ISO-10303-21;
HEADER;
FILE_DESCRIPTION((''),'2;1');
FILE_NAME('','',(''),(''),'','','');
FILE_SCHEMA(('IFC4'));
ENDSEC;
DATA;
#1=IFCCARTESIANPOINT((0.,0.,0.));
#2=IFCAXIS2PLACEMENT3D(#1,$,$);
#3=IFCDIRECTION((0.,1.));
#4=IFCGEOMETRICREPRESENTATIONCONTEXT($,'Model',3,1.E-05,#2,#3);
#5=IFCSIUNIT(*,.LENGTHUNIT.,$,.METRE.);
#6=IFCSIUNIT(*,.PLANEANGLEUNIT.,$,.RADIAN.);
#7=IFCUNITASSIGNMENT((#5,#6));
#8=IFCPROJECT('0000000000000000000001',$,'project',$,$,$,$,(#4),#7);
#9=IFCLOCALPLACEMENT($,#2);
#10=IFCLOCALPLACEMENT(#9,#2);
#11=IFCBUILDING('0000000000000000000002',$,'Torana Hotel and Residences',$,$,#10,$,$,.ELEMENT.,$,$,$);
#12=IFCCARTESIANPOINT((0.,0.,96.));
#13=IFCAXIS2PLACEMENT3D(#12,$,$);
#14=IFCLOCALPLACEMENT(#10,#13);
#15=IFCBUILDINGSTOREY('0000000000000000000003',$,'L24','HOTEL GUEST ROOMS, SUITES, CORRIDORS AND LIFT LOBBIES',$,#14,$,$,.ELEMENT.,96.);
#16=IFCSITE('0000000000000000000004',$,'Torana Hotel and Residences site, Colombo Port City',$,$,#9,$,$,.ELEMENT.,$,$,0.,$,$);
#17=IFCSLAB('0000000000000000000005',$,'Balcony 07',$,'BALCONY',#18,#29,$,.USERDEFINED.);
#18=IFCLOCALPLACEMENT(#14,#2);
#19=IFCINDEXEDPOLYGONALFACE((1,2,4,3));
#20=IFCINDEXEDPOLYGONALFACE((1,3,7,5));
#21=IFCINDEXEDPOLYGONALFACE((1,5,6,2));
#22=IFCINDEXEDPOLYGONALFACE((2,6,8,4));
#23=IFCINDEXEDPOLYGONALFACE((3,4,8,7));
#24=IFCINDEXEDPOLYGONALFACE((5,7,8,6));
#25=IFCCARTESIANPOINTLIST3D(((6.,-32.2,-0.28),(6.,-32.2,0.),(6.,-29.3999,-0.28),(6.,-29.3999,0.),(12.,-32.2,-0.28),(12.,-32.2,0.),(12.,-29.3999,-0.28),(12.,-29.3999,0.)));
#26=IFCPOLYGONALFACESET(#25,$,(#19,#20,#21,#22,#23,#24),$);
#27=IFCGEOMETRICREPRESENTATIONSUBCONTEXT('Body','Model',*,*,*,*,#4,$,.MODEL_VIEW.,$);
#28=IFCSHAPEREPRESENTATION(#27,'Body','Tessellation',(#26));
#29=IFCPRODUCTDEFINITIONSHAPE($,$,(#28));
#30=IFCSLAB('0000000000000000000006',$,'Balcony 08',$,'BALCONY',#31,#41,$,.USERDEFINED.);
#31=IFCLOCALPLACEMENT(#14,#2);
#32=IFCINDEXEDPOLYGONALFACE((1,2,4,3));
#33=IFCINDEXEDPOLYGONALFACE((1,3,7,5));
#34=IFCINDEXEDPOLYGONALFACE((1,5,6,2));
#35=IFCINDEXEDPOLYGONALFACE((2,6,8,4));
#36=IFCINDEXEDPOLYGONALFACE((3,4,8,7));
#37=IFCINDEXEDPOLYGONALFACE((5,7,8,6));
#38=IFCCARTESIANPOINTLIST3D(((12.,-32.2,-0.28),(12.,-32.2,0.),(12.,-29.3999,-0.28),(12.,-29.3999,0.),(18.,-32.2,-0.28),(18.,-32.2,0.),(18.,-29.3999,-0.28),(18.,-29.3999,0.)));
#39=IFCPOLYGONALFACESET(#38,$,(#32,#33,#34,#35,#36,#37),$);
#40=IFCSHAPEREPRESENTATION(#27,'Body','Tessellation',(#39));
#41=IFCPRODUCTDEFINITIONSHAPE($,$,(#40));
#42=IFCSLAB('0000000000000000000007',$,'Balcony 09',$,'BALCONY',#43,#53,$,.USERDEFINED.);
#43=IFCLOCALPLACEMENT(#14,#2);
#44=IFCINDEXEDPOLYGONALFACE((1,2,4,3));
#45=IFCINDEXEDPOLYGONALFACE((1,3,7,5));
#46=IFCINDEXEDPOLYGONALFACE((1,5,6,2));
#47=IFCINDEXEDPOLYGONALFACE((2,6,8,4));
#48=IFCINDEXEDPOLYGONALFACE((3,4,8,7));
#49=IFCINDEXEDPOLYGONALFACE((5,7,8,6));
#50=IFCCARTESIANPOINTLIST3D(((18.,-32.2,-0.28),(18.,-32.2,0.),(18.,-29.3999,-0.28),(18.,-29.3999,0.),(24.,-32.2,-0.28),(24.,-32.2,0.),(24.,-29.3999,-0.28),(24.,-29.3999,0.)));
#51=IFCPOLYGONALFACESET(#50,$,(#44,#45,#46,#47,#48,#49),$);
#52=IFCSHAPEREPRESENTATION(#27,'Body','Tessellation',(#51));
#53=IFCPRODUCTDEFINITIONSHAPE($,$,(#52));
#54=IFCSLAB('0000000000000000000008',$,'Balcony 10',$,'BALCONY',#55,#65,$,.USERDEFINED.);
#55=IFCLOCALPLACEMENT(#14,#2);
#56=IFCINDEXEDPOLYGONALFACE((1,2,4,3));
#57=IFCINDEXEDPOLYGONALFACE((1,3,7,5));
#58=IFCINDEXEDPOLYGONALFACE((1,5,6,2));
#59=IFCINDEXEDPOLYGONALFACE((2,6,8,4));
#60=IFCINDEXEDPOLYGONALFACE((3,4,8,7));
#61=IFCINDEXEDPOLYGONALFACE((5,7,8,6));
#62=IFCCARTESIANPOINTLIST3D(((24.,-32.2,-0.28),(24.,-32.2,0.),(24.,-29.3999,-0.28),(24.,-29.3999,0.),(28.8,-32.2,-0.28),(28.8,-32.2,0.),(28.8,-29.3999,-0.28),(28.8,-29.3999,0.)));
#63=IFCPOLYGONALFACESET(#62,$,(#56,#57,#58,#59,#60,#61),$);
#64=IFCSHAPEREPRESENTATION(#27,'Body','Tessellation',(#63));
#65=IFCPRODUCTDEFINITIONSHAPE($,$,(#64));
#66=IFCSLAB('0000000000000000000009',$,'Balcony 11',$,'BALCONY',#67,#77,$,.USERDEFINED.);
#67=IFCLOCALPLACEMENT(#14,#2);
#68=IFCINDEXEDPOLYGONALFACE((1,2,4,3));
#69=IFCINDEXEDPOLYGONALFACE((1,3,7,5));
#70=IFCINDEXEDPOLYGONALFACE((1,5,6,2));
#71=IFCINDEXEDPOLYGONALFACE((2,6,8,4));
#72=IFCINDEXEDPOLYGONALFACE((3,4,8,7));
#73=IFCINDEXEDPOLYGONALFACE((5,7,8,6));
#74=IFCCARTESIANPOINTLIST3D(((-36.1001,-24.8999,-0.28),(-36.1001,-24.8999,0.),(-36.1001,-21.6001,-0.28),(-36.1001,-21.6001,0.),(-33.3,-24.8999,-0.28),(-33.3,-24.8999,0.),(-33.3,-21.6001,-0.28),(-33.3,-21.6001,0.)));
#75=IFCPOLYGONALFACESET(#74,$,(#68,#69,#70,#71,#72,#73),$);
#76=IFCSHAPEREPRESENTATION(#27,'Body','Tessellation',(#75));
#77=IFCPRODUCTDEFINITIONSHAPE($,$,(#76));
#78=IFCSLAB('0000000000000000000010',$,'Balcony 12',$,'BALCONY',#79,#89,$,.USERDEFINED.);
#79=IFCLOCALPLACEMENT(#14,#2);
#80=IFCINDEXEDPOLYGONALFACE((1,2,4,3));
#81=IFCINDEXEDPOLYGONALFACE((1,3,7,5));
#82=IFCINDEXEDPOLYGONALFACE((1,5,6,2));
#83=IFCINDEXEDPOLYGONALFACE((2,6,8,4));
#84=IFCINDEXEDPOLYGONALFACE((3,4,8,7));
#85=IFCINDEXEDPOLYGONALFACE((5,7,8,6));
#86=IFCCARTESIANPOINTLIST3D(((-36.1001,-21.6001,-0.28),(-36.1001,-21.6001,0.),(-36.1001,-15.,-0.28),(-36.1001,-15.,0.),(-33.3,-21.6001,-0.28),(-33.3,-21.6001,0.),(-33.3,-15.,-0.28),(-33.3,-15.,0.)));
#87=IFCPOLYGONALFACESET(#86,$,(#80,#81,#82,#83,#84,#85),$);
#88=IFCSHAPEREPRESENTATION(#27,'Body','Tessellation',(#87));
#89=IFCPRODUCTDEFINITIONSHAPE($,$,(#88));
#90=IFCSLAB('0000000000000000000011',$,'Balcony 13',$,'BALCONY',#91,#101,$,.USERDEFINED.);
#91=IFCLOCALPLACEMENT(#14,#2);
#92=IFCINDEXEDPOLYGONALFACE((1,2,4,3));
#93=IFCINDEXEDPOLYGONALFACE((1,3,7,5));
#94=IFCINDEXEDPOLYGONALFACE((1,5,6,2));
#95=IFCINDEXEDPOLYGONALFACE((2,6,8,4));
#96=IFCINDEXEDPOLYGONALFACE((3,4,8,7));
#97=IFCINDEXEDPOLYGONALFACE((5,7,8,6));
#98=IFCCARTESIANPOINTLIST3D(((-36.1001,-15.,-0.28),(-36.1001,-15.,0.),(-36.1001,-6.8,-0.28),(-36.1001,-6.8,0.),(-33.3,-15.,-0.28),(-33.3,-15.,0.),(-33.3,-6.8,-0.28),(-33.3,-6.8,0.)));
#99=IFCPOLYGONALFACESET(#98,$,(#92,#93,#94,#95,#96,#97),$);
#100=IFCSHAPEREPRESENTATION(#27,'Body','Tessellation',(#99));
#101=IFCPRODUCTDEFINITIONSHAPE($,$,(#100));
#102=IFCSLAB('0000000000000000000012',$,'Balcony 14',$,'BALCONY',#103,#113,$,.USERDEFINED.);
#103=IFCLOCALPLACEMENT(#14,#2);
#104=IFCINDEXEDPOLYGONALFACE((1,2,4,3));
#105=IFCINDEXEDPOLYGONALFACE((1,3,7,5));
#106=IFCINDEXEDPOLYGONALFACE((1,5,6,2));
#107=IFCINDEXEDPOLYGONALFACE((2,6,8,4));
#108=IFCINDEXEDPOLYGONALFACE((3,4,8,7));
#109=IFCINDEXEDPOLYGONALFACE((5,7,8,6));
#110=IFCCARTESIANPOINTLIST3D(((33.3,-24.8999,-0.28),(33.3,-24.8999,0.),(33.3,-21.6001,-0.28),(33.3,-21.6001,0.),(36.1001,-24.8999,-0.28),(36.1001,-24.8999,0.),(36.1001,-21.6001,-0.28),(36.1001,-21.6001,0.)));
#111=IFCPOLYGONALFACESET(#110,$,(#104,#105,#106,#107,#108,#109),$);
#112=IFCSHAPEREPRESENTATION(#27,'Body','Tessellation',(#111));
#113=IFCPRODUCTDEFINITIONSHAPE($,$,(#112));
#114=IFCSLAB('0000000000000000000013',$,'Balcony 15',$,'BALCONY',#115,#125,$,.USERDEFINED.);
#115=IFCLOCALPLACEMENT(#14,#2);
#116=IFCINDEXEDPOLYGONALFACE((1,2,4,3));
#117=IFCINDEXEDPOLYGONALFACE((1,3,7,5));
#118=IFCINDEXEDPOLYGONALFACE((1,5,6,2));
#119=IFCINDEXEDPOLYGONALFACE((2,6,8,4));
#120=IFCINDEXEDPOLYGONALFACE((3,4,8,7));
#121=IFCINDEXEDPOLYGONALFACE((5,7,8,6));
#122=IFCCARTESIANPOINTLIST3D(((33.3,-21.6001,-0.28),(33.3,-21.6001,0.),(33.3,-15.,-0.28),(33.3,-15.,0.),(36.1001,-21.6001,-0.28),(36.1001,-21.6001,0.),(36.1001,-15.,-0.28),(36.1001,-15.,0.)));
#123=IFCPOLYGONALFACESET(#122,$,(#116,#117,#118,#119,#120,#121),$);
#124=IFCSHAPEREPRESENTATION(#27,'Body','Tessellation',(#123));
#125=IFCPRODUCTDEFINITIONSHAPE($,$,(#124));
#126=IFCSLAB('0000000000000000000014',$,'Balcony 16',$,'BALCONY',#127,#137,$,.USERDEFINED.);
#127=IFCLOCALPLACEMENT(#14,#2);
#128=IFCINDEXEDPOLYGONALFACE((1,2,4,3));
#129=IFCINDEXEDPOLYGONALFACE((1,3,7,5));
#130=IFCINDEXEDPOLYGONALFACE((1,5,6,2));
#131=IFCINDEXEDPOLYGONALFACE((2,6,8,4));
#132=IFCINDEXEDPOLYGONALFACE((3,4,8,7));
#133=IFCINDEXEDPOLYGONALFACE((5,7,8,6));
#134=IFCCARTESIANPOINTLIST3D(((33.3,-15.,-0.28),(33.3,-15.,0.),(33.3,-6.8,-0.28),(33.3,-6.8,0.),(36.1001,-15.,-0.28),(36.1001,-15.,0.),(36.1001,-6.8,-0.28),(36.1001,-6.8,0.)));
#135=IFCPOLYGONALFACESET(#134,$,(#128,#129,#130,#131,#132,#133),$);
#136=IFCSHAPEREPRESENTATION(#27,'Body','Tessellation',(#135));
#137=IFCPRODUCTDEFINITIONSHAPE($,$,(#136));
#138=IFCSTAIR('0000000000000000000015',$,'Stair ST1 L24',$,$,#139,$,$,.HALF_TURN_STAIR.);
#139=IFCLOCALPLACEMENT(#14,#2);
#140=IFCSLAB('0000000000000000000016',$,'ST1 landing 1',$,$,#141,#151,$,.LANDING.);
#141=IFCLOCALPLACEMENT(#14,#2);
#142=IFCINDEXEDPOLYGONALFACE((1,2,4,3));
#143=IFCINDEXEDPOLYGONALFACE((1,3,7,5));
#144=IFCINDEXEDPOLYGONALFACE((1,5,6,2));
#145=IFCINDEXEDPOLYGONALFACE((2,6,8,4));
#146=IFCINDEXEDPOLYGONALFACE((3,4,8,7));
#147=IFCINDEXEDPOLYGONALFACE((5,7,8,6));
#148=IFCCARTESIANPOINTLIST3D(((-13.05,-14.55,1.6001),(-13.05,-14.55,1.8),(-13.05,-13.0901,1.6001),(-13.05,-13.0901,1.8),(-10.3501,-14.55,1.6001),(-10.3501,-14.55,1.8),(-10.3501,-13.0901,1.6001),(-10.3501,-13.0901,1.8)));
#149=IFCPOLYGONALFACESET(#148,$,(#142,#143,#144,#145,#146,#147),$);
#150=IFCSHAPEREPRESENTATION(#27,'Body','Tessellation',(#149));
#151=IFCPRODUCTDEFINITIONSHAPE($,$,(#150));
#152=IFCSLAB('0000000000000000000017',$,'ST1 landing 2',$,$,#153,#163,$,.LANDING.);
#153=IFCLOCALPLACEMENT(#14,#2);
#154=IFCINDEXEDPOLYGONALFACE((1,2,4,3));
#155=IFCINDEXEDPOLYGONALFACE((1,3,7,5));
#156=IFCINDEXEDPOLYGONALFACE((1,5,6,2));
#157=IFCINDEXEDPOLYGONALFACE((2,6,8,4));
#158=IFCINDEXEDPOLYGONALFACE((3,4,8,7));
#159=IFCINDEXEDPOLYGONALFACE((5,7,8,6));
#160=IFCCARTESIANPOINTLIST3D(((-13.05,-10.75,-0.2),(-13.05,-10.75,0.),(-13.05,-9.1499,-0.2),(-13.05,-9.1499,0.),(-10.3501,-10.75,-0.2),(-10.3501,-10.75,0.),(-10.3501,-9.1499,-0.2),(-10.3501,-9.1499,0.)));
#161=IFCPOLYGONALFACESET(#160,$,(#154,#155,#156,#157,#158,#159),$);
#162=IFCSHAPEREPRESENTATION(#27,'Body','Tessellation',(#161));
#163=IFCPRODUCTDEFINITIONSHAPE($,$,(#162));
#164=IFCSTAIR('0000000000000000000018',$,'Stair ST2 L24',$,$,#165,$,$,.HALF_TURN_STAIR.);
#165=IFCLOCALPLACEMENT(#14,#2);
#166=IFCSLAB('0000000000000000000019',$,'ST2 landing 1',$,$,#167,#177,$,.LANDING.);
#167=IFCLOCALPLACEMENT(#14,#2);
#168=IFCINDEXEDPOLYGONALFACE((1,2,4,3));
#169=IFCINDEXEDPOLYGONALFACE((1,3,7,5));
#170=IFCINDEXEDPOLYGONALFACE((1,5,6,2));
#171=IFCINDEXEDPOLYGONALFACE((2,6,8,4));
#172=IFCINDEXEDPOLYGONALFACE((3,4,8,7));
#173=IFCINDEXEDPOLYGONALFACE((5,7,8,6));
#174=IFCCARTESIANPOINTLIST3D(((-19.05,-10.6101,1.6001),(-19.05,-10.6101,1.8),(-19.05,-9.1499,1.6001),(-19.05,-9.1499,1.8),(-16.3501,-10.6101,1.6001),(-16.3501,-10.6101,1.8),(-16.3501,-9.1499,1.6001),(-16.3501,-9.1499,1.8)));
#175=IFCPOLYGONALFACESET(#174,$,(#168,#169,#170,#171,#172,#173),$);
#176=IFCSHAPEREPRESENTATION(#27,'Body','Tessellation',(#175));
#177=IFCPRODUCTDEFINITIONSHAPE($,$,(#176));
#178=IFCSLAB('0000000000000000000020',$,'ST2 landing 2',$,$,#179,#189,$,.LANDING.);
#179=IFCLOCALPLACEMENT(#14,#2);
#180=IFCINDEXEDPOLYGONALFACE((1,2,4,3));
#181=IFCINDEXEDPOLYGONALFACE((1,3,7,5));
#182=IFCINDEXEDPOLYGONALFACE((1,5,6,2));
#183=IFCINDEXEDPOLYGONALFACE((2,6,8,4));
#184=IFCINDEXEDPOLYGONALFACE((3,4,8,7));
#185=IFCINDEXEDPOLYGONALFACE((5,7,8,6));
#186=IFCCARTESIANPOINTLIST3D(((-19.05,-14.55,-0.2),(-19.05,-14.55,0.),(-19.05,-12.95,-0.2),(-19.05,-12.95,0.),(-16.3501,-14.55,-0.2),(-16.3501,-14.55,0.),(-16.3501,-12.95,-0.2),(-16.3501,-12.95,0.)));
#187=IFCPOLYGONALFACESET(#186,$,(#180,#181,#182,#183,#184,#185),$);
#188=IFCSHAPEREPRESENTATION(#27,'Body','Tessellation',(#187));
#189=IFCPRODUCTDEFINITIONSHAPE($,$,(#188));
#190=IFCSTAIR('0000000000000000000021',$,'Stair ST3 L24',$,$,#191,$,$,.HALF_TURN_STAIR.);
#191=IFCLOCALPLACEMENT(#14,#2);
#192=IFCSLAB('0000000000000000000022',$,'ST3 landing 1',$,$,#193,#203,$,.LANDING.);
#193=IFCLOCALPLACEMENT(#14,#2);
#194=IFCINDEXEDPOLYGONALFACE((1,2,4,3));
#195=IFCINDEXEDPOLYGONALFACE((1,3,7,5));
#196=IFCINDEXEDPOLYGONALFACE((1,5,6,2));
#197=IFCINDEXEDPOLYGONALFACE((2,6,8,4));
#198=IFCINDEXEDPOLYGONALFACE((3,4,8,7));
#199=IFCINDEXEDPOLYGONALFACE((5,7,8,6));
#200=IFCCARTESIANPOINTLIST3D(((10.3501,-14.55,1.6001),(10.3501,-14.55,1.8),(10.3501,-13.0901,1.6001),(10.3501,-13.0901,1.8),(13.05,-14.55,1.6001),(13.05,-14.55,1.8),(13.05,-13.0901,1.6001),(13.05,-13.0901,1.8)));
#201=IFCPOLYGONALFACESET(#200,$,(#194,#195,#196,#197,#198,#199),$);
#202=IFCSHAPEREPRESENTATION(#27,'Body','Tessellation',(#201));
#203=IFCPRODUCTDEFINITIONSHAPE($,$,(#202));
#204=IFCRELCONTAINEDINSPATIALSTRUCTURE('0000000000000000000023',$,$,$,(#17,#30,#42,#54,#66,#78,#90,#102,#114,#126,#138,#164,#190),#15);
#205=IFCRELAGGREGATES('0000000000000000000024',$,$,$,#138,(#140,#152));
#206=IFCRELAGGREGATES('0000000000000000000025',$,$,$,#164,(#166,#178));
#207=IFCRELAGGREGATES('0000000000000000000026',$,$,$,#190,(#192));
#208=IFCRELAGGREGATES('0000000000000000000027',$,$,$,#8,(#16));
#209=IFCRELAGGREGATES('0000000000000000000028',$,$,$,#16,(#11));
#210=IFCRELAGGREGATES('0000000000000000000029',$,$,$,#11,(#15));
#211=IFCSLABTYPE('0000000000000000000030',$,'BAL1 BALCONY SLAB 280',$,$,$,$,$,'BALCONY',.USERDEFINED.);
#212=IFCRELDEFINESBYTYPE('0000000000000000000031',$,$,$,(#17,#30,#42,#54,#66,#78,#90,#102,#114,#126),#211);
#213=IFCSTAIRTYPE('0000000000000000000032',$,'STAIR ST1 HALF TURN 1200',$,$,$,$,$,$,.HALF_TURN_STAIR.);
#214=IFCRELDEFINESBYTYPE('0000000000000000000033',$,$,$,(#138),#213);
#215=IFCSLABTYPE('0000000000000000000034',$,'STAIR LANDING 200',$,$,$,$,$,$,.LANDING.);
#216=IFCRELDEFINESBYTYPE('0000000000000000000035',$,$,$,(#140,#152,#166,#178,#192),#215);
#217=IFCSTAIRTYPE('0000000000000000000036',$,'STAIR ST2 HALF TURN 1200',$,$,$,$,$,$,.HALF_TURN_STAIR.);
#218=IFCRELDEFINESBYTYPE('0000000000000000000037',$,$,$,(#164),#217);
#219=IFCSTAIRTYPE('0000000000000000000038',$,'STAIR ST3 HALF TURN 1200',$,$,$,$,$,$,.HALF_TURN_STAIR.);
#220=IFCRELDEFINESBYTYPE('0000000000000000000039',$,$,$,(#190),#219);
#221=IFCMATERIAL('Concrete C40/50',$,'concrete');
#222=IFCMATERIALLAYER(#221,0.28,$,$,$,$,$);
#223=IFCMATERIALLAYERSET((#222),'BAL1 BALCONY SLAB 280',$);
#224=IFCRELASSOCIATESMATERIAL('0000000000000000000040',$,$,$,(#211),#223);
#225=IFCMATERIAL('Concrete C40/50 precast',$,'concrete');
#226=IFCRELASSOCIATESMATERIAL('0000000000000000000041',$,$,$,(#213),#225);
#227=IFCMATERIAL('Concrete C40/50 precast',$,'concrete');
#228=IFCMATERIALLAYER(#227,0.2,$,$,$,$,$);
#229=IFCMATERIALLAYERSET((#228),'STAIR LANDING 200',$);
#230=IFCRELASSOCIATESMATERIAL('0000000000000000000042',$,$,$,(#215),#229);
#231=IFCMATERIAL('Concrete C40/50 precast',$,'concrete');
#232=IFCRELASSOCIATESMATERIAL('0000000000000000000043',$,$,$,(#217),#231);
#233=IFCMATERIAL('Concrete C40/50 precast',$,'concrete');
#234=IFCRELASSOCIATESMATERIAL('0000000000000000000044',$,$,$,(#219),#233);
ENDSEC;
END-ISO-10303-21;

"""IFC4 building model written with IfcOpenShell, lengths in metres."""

from ifc_helpers import new_model, si_unit, direction, frame, origin, place, context, subcontext, project, spatial, polyline, outline, extrude, material, layer, layer_set, type_object, element, aggregate, save


model = new_model("IFC4")

# Units and contexts
model_context = context("Model", 3, precision=1e-05, world=origin(), true_north=direction((0.0, 1.0)))
body_context = subcontext(model_context, "Body", "Model", "MODEL_VIEW")
ifc_project = project(units=[si_unit("LENGTHUNIT", "METRE"), si_unit("PLANEANGLEUNIT", "RADIAN")], contexts=[model_context])

# Site, building, storey
site_placement = place(None, origin())
site = spatial("IfcSite", under=ifc_project, at=site_placement, Name="Torana Hotel and Residences site, Colombo Port City", CompositionType="ELEMENT", RefElevation=0.0)
building_placement = place(site_placement, origin())
building = spatial("IfcBuilding", under=site, at=building_placement, Name="Torana Hotel and Residences", CompositionType="ELEMENT")
storey_placement = place(building_placement, frame((0.0, 0.0, 96.0)))
storey = spatial("IfcBuildingStorey", under=building, at=storey_placement, Name="L24", Description="HOTEL GUEST ROOMS, SUITES, CORRIDORS AND LIFT LOBBIES", CompositionType="ELEMENT", Elevation=96.0)

# Slabs
ifc_material_1 = material(Name="Concrete C40/50", Category="concrete")
ifc_layer_1 = layer(ifc_material_1, 0.28)
ifc_layer_set_1 = layer_set([ifc_layer_1], Name="BAL1 BALCONY SLAB 280")
slab_type_1 = type_object("IfcSlabType", Name="BAL1 BALCONY SLAB 280", ElementType="BALCONY", PredefinedType="USERDEFINED", material=ifc_layer_set_1)
slab_1_placement = place(storey_placement, frame((0.0, 0.0, -0.28)))
element("IfcSlab", 1, at=slab_1_placement, inside=storey, type_object=slab_type_1, Name="Balcony 07", ObjectType="BALCONY", PredefinedType="USERDEFINED", context=body_context, shape_type="SweptSolid", body=[
    extrude(outline(polyline([(6.0, -32.2), (12.0, -32.2), (12.0, -29.3999), (6.0, -29.3999), (6.0, -32.2)])), origin(), (0.0, 0.0, 1.0), 0.28),
])
slab_2_placement = place(storey_placement, frame((0.0, 0.0, -0.28)))
element("IfcSlab", 2, at=slab_2_placement, inside=storey, type_object=slab_type_1, Name="Balcony 08", ObjectType="BALCONY", PredefinedType="USERDEFINED", context=body_context, shape_type="SweptSolid", body=[
    extrude(outline(polyline([(12.0, -32.2), (18.0, -32.2), (18.0, -29.3999), (12.0, -29.3999), (12.0, -32.2)])), origin(), (0.0, 0.0, 1.0), 0.28),
])
slab_3_placement = place(storey_placement, frame((0.0, 0.0, -0.28)))
element("IfcSlab", 3, at=slab_3_placement, inside=storey, type_object=slab_type_1, Name="Balcony 09", ObjectType="BALCONY", PredefinedType="USERDEFINED", context=body_context, shape_type="SweptSolid", body=[
    extrude(outline(polyline([(18.0, -32.2), (24.0, -32.2), (24.0, -29.3999), (18.0, -29.3999), (18.0, -32.2)])), origin(), (0.0, 0.0, 1.0), 0.28),
])
slab_4_placement = place(storey_placement, frame((0.0, 0.0, -0.28)))
element("IfcSlab", 4, at=slab_4_placement, inside=storey, type_object=slab_type_1, Name="Balcony 10", ObjectType="BALCONY", PredefinedType="USERDEFINED", context=body_context, shape_type="SweptSolid", body=[
    extrude(outline(polyline([(24.0, -32.2), (28.8, -32.2), (28.8, -29.3999), (24.0, -29.3999), (24.0, -32.2)])), origin(), (0.0, 0.0, 1.0), 0.28),
])
slab_5_placement = place(storey_placement, frame((0.0, 0.0, -0.28)))
element("IfcSlab", 5, at=slab_5_placement, inside=storey, type_object=slab_type_1, Name="Balcony 11", ObjectType="BALCONY", PredefinedType="USERDEFINED", context=body_context, shape_type="SweptSolid", body=[
    extrude(outline(polyline([(-36.1001, -24.8999), (-33.3, -24.8999), (-33.3, -21.6001), (-36.1001, -21.6001), (-36.1001, -24.8999)])), origin(), (0.0, 0.0, 1.0), 0.28),
])
slab_6_placement = place(storey_placement, frame((0.0, 0.0, -0.28)))
element("IfcSlab", 6, at=slab_6_placement, inside=storey, type_object=slab_type_1, Name="Balcony 12", ObjectType="BALCONY", PredefinedType="USERDEFINED", context=body_context, shape_type="SweptSolid", body=[
    extrude(outline(polyline([(-36.1001, -21.6001), (-33.3, -21.6001), (-33.3, -15.0), (-36.1001, -15.0), (-36.1001, -21.6001)])), origin(), (0.0, 0.0, 1.0), 0.28),
])
slab_7_placement = place(storey_placement, frame((0.0, 0.0, -0.28)))
element("IfcSlab", 7, at=slab_7_placement, inside=storey, type_object=slab_type_1, Name="Balcony 13", ObjectType="BALCONY", PredefinedType="USERDEFINED", context=body_context, shape_type="SweptSolid", body=[
    extrude(outline(polyline([(-36.1001, -15.0), (-33.3, -15.0), (-33.3, -6.8), (-36.1001, -6.8), (-36.1001, -15.0)])), origin(), (0.0, 0.0, 1.0), 0.28),
])
slab_8_placement = place(storey_placement, frame((0.0, 0.0, -0.28)))
element("IfcSlab", 8, at=slab_8_placement, inside=storey, type_object=slab_type_1, Name="Balcony 14", ObjectType="BALCONY", PredefinedType="USERDEFINED", context=body_context, shape_type="SweptSolid", body=[
    extrude(outline(polyline([(33.3, -24.8999), (36.1001, -24.8999), (36.1001, -21.6001), (33.3, -21.6001), (33.3, -24.8999)])), origin(), (0.0, 0.0, 1.0), 0.28),
])
slab_9_placement = place(storey_placement, frame((0.0, 0.0, -0.28)))
element("IfcSlab", 9, at=slab_9_placement, inside=storey, type_object=slab_type_1, Name="Balcony 15", ObjectType="BALCONY", PredefinedType="USERDEFINED", context=body_context, shape_type="SweptSolid", body=[
    extrude(outline(polyline([(33.3, -21.6001), (36.1001, -21.6001), (36.1001, -15.0), (33.3, -15.0), (33.3, -21.6001)])), origin(), (0.0, 0.0, 1.0), 0.28),
])
slab_10_placement = place(storey_placement, frame((0.0, 0.0, -0.28)))
element("IfcSlab", 10, at=slab_10_placement, inside=storey, type_object=slab_type_1, Name="Balcony 16", ObjectType="BALCONY", PredefinedType="USERDEFINED", context=body_context, shape_type="SweptSolid", body=[
    extrude(outline(polyline([(33.3, -15.0), (36.1001, -15.0), (36.1001, -6.8), (33.3, -6.8), (33.3, -15.0)])), origin(), (0.0, 0.0, 1.0), 0.28),
])

# Stairs, slabs
ifc_material_2 = material(Name="Concrete C40/50 precast", Category="concrete")
stair_type_1 = type_object("IfcStairType", Name="STAIR ST1 HALF TURN 1200", PredefinedType="HALF_TURN_STAIR", material=ifc_material_2)
stair_1_placement = place(storey_placement, origin())
stair_1 = element("IfcStair", 11, at=stair_1_placement, inside=storey, type_object=stair_type_1, Name="Stair ST1 L24", PredefinedType="HALF_TURN_STAIR")
ifc_material_3 = material(Name="Concrete C40/50 precast", Category="concrete")
ifc_layer_2 = layer(ifc_material_3, 0.2)
ifc_layer_set_2 = layer_set([ifc_layer_2], Name="STAIR LANDING 200")
slab_type_2 = type_object("IfcSlabType", Name="STAIR LANDING 200", PredefinedType="LANDING", material=ifc_layer_set_2)
slab_11_placement = place(storey_placement, frame((0.0, 0.0, 1.6001)))
slab_11 = element("IfcSlab", 12, at=slab_11_placement, type_object=slab_type_2, Name="ST1 landing 1", PredefinedType="LANDING", context=body_context, shape_type="SweptSolid", body=[
    extrude(outline(polyline([(-13.05, -14.55), (-10.3501, -14.55), (-10.3501, -13.0901), (-13.05, -13.0901), (-13.05, -14.55)])), origin(), (0.0, 0.0, 1.0), 0.2),
])
slab_12_placement = place(storey_placement, frame((0.0, 0.0, -0.2)))
slab_12 = element("IfcSlab", 13, at=slab_12_placement, type_object=slab_type_2, Name="ST1 landing 2", PredefinedType="LANDING", context=body_context, shape_type="SweptSolid", body=[
    extrude(outline(polyline([(-13.05, -10.75), (-10.3501, -10.75), (-10.3501, -9.1499), (-13.05, -9.1499), (-13.05, -10.75)])), origin(), (0.0, 0.0, 1.0), 0.2),
])
aggregate(stair_1, [slab_11, slab_12])
ifc_material_4 = material(Name="Concrete C40/50 precast", Category="concrete")
stair_type_2 = type_object("IfcStairType", Name="STAIR ST2 HALF TURN 1200", PredefinedType="HALF_TURN_STAIR", material=ifc_material_4)
stair_2_placement = place(storey_placement, origin())
stair_2 = element("IfcStair", 14, at=stair_2_placement, inside=storey, type_object=stair_type_2, Name="Stair ST2 L24", PredefinedType="HALF_TURN_STAIR")
slab_13_placement = place(storey_placement, frame((0.0, 0.0, 1.6001)))
slab_13 = element("IfcSlab", 15, at=slab_13_placement, type_object=slab_type_2, Name="ST2 landing 1", PredefinedType="LANDING", context=body_context, shape_type="SweptSolid", body=[
    extrude(outline(polyline([(-19.05, -10.6101), (-16.3501, -10.6101), (-16.3501, -9.1499), (-19.05, -9.1499), (-19.05, -10.6101)])), origin(), (0.0, 0.0, 1.0), 0.2),
])
slab_14_placement = place(storey_placement, frame((0.0, 0.0, -0.2)))
slab_14 = element("IfcSlab", 16, at=slab_14_placement, type_object=slab_type_2, Name="ST2 landing 2", PredefinedType="LANDING", context=body_context, shape_type="SweptSolid", body=[
    extrude(outline(polyline([(-19.05, -14.55), (-16.3501, -14.55), (-16.3501, -12.95), (-19.05, -12.95), (-19.05, -14.55)])), origin(), (0.0, 0.0, 1.0), 0.2),
])
aggregate(stair_2, [slab_13, slab_14])
ifc_material_5 = material(Name="Concrete C40/50 precast", Category="concrete")
stair_type_3 = type_object("IfcStairType", Name="STAIR ST3 HALF TURN 1200", PredefinedType="HALF_TURN_STAIR", material=ifc_material_5)
stair_3_placement = place(storey_placement, origin())
stair_3 = element("IfcStair", 17, at=stair_3_placement, inside=storey, type_object=stair_type_3, Name="Stair ST3 L24", PredefinedType="HALF_TURN_STAIR")
slab_15_placement = place(storey_placement, frame((0.0, 0.0, 1.6001)))
slab_15 = element("IfcSlab", 18, at=slab_15_placement, type_object=slab_type_2, Name="ST3 landing 1", PredefinedType="LANDING", context=body_context, shape_type="SweptSolid", body=[
    extrude(outline(polyline([(10.3501, -14.55), (13.05, -14.55), (13.05, -13.0901), (10.3501, -13.0901), (10.3501, -14.55)])), origin(), (0.0, 0.0, 1.0), 0.2),
])
aggregate(stair_3, [slab_15])

save(model, "model.ifc")
